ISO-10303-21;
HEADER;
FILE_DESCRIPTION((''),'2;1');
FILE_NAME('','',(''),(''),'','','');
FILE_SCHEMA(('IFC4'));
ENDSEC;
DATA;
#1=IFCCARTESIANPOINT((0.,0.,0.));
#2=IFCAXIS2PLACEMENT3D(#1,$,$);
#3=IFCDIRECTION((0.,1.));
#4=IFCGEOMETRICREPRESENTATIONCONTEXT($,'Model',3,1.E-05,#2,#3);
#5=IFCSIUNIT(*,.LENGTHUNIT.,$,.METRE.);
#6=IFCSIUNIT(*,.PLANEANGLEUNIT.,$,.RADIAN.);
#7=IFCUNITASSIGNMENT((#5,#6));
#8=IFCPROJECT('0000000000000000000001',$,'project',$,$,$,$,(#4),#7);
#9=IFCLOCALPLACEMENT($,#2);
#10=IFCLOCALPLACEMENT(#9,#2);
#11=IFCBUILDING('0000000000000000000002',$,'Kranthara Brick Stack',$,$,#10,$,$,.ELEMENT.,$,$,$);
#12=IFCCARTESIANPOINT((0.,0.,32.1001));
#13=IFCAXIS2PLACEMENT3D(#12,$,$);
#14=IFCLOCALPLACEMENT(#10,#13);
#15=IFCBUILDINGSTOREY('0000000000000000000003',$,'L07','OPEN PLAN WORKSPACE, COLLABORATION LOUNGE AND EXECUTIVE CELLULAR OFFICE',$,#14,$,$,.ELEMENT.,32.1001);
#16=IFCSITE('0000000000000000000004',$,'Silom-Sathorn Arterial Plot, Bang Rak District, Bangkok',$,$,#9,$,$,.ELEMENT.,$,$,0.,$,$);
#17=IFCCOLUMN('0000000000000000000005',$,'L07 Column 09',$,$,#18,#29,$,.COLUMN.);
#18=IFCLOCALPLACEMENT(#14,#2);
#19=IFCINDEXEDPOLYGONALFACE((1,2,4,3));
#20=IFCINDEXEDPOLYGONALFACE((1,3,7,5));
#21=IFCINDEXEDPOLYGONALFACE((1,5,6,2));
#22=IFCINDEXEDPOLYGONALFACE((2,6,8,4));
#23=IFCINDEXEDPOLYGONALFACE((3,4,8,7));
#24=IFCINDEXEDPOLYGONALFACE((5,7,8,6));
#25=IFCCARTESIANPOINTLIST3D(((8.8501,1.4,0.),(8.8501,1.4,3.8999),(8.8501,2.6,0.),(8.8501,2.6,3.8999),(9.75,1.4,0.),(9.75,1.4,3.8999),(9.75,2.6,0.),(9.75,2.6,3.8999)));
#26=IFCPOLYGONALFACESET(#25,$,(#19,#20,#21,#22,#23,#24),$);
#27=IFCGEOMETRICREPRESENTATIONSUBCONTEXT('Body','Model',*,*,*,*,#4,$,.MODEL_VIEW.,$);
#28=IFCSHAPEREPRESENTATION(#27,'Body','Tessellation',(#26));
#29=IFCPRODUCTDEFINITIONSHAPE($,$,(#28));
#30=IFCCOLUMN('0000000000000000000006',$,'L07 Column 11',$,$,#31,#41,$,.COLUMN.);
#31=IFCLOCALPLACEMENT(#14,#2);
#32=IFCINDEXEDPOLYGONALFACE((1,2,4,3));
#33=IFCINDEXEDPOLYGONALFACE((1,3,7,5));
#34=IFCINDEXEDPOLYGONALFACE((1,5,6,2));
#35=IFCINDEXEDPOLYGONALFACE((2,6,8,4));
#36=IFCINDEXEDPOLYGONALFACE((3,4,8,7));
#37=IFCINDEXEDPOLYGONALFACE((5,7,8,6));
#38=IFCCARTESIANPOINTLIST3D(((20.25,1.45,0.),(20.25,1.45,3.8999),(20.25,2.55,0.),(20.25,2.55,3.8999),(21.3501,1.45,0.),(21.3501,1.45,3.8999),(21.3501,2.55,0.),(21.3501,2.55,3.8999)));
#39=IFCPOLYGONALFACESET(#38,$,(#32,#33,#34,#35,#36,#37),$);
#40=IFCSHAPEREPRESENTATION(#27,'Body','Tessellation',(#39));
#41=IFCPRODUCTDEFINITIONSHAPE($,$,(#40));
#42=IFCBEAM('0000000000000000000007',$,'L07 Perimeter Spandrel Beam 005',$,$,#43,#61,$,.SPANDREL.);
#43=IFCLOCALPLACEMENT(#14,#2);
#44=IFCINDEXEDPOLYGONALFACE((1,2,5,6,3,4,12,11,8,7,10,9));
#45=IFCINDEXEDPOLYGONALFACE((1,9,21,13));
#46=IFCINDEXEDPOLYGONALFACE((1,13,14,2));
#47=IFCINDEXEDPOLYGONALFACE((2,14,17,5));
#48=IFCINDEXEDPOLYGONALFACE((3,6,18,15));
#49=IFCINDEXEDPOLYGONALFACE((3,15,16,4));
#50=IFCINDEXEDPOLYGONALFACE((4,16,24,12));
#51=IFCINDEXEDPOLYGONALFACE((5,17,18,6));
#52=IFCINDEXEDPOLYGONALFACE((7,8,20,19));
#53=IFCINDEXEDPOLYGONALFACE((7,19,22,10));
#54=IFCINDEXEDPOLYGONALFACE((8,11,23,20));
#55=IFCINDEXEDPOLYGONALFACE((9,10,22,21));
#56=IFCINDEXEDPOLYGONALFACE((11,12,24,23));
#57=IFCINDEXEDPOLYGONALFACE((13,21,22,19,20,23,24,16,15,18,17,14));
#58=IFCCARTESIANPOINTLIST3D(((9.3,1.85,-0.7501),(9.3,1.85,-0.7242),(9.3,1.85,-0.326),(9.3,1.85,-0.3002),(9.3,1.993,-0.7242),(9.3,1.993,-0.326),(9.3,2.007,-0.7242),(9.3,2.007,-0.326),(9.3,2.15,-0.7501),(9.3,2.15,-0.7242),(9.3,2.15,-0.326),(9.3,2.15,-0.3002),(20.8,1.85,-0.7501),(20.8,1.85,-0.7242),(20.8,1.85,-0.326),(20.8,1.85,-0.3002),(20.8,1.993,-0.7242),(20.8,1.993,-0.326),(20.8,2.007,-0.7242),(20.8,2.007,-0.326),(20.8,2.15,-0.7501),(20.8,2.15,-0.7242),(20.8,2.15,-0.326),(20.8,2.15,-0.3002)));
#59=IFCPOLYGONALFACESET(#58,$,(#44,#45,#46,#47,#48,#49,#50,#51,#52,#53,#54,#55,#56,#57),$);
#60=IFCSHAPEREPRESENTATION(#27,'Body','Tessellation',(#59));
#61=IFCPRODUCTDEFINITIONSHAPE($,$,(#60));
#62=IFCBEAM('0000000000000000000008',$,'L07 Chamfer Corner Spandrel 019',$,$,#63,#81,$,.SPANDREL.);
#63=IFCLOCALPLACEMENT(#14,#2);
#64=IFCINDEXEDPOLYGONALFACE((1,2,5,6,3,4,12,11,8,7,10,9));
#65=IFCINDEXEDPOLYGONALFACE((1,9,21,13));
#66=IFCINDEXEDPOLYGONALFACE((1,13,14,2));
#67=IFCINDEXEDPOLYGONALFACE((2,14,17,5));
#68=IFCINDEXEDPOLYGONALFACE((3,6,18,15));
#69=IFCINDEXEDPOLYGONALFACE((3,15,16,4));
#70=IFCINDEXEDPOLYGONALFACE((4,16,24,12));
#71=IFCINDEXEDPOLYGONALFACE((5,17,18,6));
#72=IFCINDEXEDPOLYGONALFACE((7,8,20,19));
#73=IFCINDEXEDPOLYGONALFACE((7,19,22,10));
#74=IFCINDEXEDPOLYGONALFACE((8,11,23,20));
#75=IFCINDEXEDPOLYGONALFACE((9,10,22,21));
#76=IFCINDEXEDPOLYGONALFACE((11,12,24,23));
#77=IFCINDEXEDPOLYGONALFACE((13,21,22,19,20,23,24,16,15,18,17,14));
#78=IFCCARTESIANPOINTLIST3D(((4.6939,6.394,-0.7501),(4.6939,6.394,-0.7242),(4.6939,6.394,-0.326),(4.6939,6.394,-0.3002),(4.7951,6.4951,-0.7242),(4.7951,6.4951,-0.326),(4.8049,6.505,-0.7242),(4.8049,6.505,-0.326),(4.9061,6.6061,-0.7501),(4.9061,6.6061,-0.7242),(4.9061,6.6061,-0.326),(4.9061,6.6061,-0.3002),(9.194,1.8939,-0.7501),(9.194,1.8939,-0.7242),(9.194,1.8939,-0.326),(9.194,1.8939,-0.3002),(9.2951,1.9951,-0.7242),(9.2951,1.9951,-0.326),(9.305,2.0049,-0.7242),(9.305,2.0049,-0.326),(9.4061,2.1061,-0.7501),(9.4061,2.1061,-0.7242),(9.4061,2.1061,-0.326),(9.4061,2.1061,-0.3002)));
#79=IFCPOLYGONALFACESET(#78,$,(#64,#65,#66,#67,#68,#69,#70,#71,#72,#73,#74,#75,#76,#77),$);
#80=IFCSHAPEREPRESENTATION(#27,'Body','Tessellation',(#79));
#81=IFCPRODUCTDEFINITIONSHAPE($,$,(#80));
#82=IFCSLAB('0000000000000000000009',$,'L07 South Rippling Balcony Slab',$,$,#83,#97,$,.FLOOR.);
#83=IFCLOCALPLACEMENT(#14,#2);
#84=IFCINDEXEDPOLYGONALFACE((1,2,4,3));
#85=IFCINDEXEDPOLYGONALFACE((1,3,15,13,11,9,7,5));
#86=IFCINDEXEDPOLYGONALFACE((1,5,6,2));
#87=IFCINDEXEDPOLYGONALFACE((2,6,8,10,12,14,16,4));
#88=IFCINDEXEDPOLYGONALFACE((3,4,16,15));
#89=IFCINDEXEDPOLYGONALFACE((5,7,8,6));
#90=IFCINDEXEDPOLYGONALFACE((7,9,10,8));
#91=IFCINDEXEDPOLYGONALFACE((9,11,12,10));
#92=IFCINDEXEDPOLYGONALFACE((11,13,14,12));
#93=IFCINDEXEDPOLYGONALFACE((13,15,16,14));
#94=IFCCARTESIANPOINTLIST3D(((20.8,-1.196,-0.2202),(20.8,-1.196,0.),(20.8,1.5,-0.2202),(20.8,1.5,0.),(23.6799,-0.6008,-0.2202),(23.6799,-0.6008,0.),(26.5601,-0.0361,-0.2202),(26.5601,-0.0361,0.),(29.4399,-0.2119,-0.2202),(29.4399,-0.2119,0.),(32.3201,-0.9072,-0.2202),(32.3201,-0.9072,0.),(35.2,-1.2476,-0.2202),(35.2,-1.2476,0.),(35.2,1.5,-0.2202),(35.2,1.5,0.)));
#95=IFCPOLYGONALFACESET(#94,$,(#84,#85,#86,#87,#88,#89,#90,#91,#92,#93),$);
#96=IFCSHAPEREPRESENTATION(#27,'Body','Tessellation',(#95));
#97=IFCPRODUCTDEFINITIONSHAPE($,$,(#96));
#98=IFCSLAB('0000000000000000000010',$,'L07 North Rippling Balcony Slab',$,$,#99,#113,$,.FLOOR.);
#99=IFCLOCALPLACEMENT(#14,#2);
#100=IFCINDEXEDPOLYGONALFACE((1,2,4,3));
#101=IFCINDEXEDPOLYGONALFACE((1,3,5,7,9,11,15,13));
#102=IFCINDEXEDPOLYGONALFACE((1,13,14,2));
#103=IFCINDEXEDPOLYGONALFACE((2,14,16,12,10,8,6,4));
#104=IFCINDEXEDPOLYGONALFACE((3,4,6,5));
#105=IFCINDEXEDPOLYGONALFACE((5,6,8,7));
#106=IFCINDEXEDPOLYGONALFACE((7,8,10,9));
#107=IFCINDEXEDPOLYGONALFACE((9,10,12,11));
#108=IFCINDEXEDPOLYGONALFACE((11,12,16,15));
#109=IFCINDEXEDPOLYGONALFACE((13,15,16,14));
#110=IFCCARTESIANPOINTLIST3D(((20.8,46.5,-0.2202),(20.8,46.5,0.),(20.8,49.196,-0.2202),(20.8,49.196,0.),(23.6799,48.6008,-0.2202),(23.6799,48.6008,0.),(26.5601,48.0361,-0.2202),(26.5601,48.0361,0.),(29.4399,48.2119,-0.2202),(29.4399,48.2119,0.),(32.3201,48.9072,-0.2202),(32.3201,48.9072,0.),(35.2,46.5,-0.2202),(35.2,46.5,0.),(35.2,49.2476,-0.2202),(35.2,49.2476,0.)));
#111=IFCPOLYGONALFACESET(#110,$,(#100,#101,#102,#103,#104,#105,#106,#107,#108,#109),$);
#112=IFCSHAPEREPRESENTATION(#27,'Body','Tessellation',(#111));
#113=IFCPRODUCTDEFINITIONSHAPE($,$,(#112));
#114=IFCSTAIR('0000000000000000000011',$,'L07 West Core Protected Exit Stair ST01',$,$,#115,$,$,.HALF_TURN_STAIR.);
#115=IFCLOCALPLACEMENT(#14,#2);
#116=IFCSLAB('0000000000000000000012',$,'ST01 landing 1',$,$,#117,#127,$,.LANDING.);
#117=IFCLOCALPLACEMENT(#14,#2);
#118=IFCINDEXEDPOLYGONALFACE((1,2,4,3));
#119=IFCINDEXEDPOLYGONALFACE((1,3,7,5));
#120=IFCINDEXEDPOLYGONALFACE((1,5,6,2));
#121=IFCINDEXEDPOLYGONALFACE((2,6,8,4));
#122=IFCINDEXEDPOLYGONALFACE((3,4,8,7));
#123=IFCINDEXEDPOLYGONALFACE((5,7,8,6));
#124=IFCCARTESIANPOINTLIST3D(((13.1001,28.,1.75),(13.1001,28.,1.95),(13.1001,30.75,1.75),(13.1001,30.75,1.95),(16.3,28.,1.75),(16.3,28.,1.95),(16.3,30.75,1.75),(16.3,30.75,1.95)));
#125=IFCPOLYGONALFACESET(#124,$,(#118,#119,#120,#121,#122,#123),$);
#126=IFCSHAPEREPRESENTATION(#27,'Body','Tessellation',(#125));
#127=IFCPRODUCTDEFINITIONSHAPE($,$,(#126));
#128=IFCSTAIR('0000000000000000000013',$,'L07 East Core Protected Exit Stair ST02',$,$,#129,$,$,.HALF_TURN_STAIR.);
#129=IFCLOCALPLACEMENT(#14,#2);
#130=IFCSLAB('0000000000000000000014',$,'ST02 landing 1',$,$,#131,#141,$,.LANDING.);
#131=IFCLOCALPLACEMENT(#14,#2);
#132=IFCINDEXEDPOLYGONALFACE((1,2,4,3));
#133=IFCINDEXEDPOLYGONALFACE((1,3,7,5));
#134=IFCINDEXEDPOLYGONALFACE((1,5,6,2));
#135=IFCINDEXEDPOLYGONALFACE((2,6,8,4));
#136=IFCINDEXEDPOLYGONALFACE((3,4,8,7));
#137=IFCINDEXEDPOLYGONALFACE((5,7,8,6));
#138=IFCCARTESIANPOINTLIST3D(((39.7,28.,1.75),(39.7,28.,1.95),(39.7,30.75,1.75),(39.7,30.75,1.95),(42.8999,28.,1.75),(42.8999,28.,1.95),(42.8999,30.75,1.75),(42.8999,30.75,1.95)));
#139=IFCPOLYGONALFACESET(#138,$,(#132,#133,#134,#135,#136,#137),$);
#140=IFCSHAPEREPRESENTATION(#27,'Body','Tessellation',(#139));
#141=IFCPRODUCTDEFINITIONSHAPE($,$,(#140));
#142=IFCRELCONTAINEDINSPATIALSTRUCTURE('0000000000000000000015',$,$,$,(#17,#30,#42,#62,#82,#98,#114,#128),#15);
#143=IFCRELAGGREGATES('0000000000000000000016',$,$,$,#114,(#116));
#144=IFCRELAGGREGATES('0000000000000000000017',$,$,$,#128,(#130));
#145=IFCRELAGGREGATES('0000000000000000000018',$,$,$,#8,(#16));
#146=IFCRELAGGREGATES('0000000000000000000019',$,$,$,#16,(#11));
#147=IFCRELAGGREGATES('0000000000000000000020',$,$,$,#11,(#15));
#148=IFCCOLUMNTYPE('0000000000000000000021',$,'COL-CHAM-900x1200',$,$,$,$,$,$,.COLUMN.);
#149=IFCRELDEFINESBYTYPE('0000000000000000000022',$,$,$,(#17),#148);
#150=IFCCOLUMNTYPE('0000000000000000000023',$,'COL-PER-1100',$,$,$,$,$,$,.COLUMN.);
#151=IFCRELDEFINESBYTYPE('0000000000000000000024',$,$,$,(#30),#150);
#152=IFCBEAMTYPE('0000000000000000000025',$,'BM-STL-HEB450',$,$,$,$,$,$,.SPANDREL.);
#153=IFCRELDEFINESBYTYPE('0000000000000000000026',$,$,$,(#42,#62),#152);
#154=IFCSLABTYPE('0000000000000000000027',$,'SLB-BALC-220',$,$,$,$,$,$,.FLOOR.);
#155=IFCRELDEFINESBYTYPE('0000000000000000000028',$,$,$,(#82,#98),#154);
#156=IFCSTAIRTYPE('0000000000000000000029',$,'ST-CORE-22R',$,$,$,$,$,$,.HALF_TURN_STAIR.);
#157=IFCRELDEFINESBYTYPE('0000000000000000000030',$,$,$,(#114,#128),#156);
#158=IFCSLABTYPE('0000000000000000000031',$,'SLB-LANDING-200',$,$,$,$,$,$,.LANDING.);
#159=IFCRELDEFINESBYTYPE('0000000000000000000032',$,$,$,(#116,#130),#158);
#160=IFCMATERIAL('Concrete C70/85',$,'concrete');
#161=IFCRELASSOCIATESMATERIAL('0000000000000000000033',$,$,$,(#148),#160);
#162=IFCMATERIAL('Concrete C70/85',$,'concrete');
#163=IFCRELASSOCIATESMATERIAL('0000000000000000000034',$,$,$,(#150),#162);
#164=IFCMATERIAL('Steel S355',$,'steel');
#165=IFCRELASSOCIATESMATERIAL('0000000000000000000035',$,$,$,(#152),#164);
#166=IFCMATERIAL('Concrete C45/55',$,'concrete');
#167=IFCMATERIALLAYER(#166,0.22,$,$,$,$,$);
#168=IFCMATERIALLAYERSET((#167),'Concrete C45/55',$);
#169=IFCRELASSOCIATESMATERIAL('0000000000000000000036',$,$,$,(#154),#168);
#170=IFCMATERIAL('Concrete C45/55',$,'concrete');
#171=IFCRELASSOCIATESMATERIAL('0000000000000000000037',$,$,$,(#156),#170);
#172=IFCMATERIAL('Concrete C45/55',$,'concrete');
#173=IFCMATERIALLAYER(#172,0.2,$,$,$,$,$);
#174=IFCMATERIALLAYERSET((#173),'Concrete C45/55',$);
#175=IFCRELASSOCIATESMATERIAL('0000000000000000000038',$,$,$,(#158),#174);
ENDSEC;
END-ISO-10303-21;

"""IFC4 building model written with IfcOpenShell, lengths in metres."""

from ifc_helpers import new_model, si_unit, direction, frame, origin, origin_2d, place, context, subcontext, project, spatial, polyline, rectangle, i_section, outline, extrude, material, layer, layer_set, material_profile, profile_set, type_object, element, aggregate, save


model = new_model("IFC4")

# Units and contexts
model_context = context("Model", 3, precision=1e-05, world=origin(), true_north=direction((0.0, 1.0)))
body_context = subcontext(model_context, "Body", "Model", "MODEL_VIEW")
ifc_project = project(units=[si_unit("LENGTHUNIT", "METRE"), si_unit("PLANEANGLEUNIT", "RADIAN")], contexts=[model_context])

# Site, building, storey
site_placement = place(None, origin())
site = spatial("IfcSite", under=ifc_project, at=site_placement, Name="Silom-Sathorn Arterial Plot, Bang Rak District, Bangkok", CompositionType="ELEMENT", RefElevation=0.0)
building_placement = place(site_placement, origin())
building = spatial("IfcBuilding", under=site, at=building_placement, Name="Kranthara Brick Stack", CompositionType="ELEMENT")
storey_placement = place(building_placement, frame((0.0, 0.0, 32.1001)))
storey = spatial("IfcBuildingStorey", under=building, at=storey_placement, Name="L07", Description="OPEN PLAN WORKSPACE, COLLABORATION LOUNGE AND EXECUTIVE CELLULAR OFFICE", CompositionType="ELEMENT", Elevation=32.1001)

# Columns
ifc_material_1 = material(Name="Concrete C70/85", Category="concrete")
ifc_material_profile_1 = material_profile(ifc_material_1, rectangle(XDim=0.8999, YDim=1.2, at=origin_2d()), Name="RC 900x1200")
ifc_profile_set_1 = profile_set([ifc_material_profile_1], Name="Concrete C70/85")
column_type_1 = type_object("IfcColumnType", Name="COL-CHAM-900x1200", PredefinedType="COLUMN", material=ifc_profile_set_1)
column_1_placement = place(storey_placement, frame((9.3, 2.0, 0.0), z_axis=(0.0, 0.0, 1.0), x_axis=(1.0, 0.0, 0.0)))
element("IfcColumn", 1, at=column_1_placement, inside=storey, type_object=column_type_1, Name="L07 Column 09", PredefinedType="COLUMN", context=body_context, shape_type="SweptSolid", body=[
    extrude(rectangle(XDim=0.8999, YDim=1.2, at=origin_2d()), origin(), (0.0, 0.0, 1.0), 3.8999),
])
ifc_material_2 = material(Name="Concrete C70/85", Category="concrete")
ifc_material_profile_2 = material_profile(ifc_material_2, rectangle(XDim=1.1001, YDim=1.1001, at=origin_2d()), Name="RC 1100x1100")
ifc_profile_set_2 = profile_set([ifc_material_profile_2], Name="Concrete C70/85")
column_type_2 = type_object("IfcColumnType", Name="COL-PER-1100", PredefinedType="COLUMN", material=ifc_profile_set_2)
column_2_placement = place(storey_placement, frame((20.8, 2.0, 0.0), z_axis=(0.0, 0.0, 1.0), x_axis=(1.0, 0.0, 0.0)))
element("IfcColumn", 2, at=column_2_placement, inside=storey, type_object=column_type_2, Name="L07 Column 11", PredefinedType="COLUMN", context=body_context, shape_type="SweptSolid", body=[
    extrude(rectangle(XDim=1.1001, YDim=1.1001, at=origin_2d()), origin(), (0.0, 0.0, 1.0), 3.8999),
])

# Beams
ifc_material_3 = material(Name="Steel S355", Category="steel")
ifc_material_profile_3 = material_profile(ifc_material_3, i_section(OverallWidth=0.3, OverallDepth=0.45, WebThickness=0.0139, FlangeThickness=0.0259, at=origin_2d()), Name="HEB 450")
ifc_profile_set_3 = profile_set([ifc_material_profile_3], Name="Steel S355")
beam_type = type_object("IfcBeamType", Name="BM-STL-HEB450", PredefinedType="SPANDREL", material=ifc_profile_set_3)
beam_1_placement = place(storey_placement, frame((9.3, 2.0, -0.5251), z_axis=(1.0, 0.0, 0.0), x_axis=(0.0, 1.0, 0.0)))
element("IfcBeam", 3, at=beam_1_placement, inside=storey, type_object=beam_type, Name="L07 Perimeter Spandrel Beam 005", PredefinedType="SPANDREL", context=body_context, shape_type="SweptSolid", body=[
    extrude(i_section(OverallWidth=0.3, OverallDepth=0.45, WebThickness=0.0139, FlangeThickness=0.0259, at=origin_2d()), origin(), (0.0, 0.0, 1.0), 11.5),
])
beam_2_placement = place(storey_placement, frame((9.3, 2.0, -0.5251), z_axis=(-0.707107, 0.707107, 0.0), x_axis=(-0.707107, -0.707107, 0.0)))
element("IfcBeam", 4, at=beam_2_placement, inside=storey, type_object=beam_type, Name="L07 Chamfer Corner Spandrel 019", PredefinedType="SPANDREL", context=body_context, shape_type="SweptSolid", body=[
    extrude(i_section(OverallWidth=0.3, OverallDepth=0.45, WebThickness=0.0139, FlangeThickness=0.0259, at=origin_2d()), origin(), (0.0, 0.0, 1.0), 6.364),
])

# Slabs
ifc_material_4 = material(Name="Concrete C45/55", Category="concrete")
ifc_layer_1 = layer(ifc_material_4, 0.22)
ifc_layer_set_1 = layer_set([ifc_layer_1], Name="Concrete C45/55")
slab_type_1 = type_object("IfcSlabType", Name="SLB-BALC-220", PredefinedType="FLOOR", material=ifc_layer_set_1)
slab_1_placement = place(storey_placement, frame((0.0, 0.0, -0.2202)))
element("IfcSlab", 5, at=slab_1_placement, inside=storey, type_object=slab_type_1, Name="L07 South Rippling Balcony Slab", PredefinedType="FLOOR", context=body_context, shape_type="SweptSolid", body=[
    extrude(outline(polyline([(20.8, 1.5), (35.2, 1.5), (35.2, -1.2476), (32.3201, -0.9072), (29.4399, -0.2119), (26.5601, -0.0361), (23.6799, -0.6008), (20.8, -1.196), (20.8, 1.5)])), origin(), (0.0, 0.0, 1.0), 0.2202),
])
slab_2_placement = place(storey_placement, frame((0.0, 0.0, -0.2202)))
element("IfcSlab", 6, at=slab_2_placement, inside=storey, type_object=slab_type_1, Name="L07 North Rippling Balcony Slab", PredefinedType="FLOOR", context=body_context, shape_type="SweptSolid", body=[
    extrude(outline(polyline([(35.2, 46.5), (20.8, 46.5), (20.8, 49.196), (23.6799, 48.6008), (26.5601, 48.0361), (29.4399, 48.2119), (32.3201, 48.9072), (35.2, 49.2476), (35.2, 46.5)])), origin(), (0.0, 0.0, 1.0), 0.2202),
])

# Stairs, slabs
ifc_material_5 = material(Name="Concrete C45/55", Category="concrete")
stair_type = type_object("IfcStairType", Name="ST-CORE-22R", PredefinedType="HALF_TURN_STAIR", material=ifc_material_5)
stair_1_placement = place(storey_placement, origin())
stair_1 = element("IfcStair", 7, at=stair_1_placement, inside=storey, type_object=stair_type, Name="L07 West Core Protected Exit Stair ST01", PredefinedType="HALF_TURN_STAIR")
ifc_material_6 = material(Name="Concrete C45/55", Category="concrete")
ifc_layer_2 = layer(ifc_material_6, 0.2)
ifc_layer_set_2 = layer_set([ifc_layer_2], Name="Concrete C45/55")
slab_type_2 = type_object("IfcSlabType", Name="SLB-LANDING-200", PredefinedType="LANDING", material=ifc_layer_set_2)
slab_3_placement = place(storey_placement, frame((0.0, 0.0, 1.75)))
slab_3 = element("IfcSlab", 8, at=slab_3_placement, type_object=slab_type_2, Name="ST01 landing 1", PredefinedType="LANDING", context=body_context, shape_type="SweptSolid", body=[
    extrude(outline(polyline([(16.3, 28.0), (16.3, 30.75), (13.1001, 30.75), (13.1001, 28.0), (16.3, 28.0)])), origin(), (0.0, 0.0, 1.0), 0.2),
])
aggregate(stair_1, [slab_3])
stair_2_placement = place(storey_placement, origin())
stair_2 = element("IfcStair", 9, at=stair_2_placement, inside=storey, type_object=stair_type, Name="L07 East Core Protected Exit Stair ST02", PredefinedType="HALF_TURN_STAIR")
slab_4_placement = place(storey_placement, frame((0.0, 0.0, 1.75)))
slab_4 = element("IfcSlab", 10, at=slab_4_placement, type_object=slab_type_2, Name="ST02 landing 1", PredefinedType="LANDING", context=body_context, shape_type="SweptSolid", body=[
    extrude(outline(polyline([(42.8999, 28.0), (42.8999, 30.75), (39.7, 30.75), (39.7, 28.0), (42.8999, 28.0)])), origin(), (0.0, 0.0, 1.0), 0.2),
])
aggregate(stair_2, [slab_4])

save(model, "model.ifc")
